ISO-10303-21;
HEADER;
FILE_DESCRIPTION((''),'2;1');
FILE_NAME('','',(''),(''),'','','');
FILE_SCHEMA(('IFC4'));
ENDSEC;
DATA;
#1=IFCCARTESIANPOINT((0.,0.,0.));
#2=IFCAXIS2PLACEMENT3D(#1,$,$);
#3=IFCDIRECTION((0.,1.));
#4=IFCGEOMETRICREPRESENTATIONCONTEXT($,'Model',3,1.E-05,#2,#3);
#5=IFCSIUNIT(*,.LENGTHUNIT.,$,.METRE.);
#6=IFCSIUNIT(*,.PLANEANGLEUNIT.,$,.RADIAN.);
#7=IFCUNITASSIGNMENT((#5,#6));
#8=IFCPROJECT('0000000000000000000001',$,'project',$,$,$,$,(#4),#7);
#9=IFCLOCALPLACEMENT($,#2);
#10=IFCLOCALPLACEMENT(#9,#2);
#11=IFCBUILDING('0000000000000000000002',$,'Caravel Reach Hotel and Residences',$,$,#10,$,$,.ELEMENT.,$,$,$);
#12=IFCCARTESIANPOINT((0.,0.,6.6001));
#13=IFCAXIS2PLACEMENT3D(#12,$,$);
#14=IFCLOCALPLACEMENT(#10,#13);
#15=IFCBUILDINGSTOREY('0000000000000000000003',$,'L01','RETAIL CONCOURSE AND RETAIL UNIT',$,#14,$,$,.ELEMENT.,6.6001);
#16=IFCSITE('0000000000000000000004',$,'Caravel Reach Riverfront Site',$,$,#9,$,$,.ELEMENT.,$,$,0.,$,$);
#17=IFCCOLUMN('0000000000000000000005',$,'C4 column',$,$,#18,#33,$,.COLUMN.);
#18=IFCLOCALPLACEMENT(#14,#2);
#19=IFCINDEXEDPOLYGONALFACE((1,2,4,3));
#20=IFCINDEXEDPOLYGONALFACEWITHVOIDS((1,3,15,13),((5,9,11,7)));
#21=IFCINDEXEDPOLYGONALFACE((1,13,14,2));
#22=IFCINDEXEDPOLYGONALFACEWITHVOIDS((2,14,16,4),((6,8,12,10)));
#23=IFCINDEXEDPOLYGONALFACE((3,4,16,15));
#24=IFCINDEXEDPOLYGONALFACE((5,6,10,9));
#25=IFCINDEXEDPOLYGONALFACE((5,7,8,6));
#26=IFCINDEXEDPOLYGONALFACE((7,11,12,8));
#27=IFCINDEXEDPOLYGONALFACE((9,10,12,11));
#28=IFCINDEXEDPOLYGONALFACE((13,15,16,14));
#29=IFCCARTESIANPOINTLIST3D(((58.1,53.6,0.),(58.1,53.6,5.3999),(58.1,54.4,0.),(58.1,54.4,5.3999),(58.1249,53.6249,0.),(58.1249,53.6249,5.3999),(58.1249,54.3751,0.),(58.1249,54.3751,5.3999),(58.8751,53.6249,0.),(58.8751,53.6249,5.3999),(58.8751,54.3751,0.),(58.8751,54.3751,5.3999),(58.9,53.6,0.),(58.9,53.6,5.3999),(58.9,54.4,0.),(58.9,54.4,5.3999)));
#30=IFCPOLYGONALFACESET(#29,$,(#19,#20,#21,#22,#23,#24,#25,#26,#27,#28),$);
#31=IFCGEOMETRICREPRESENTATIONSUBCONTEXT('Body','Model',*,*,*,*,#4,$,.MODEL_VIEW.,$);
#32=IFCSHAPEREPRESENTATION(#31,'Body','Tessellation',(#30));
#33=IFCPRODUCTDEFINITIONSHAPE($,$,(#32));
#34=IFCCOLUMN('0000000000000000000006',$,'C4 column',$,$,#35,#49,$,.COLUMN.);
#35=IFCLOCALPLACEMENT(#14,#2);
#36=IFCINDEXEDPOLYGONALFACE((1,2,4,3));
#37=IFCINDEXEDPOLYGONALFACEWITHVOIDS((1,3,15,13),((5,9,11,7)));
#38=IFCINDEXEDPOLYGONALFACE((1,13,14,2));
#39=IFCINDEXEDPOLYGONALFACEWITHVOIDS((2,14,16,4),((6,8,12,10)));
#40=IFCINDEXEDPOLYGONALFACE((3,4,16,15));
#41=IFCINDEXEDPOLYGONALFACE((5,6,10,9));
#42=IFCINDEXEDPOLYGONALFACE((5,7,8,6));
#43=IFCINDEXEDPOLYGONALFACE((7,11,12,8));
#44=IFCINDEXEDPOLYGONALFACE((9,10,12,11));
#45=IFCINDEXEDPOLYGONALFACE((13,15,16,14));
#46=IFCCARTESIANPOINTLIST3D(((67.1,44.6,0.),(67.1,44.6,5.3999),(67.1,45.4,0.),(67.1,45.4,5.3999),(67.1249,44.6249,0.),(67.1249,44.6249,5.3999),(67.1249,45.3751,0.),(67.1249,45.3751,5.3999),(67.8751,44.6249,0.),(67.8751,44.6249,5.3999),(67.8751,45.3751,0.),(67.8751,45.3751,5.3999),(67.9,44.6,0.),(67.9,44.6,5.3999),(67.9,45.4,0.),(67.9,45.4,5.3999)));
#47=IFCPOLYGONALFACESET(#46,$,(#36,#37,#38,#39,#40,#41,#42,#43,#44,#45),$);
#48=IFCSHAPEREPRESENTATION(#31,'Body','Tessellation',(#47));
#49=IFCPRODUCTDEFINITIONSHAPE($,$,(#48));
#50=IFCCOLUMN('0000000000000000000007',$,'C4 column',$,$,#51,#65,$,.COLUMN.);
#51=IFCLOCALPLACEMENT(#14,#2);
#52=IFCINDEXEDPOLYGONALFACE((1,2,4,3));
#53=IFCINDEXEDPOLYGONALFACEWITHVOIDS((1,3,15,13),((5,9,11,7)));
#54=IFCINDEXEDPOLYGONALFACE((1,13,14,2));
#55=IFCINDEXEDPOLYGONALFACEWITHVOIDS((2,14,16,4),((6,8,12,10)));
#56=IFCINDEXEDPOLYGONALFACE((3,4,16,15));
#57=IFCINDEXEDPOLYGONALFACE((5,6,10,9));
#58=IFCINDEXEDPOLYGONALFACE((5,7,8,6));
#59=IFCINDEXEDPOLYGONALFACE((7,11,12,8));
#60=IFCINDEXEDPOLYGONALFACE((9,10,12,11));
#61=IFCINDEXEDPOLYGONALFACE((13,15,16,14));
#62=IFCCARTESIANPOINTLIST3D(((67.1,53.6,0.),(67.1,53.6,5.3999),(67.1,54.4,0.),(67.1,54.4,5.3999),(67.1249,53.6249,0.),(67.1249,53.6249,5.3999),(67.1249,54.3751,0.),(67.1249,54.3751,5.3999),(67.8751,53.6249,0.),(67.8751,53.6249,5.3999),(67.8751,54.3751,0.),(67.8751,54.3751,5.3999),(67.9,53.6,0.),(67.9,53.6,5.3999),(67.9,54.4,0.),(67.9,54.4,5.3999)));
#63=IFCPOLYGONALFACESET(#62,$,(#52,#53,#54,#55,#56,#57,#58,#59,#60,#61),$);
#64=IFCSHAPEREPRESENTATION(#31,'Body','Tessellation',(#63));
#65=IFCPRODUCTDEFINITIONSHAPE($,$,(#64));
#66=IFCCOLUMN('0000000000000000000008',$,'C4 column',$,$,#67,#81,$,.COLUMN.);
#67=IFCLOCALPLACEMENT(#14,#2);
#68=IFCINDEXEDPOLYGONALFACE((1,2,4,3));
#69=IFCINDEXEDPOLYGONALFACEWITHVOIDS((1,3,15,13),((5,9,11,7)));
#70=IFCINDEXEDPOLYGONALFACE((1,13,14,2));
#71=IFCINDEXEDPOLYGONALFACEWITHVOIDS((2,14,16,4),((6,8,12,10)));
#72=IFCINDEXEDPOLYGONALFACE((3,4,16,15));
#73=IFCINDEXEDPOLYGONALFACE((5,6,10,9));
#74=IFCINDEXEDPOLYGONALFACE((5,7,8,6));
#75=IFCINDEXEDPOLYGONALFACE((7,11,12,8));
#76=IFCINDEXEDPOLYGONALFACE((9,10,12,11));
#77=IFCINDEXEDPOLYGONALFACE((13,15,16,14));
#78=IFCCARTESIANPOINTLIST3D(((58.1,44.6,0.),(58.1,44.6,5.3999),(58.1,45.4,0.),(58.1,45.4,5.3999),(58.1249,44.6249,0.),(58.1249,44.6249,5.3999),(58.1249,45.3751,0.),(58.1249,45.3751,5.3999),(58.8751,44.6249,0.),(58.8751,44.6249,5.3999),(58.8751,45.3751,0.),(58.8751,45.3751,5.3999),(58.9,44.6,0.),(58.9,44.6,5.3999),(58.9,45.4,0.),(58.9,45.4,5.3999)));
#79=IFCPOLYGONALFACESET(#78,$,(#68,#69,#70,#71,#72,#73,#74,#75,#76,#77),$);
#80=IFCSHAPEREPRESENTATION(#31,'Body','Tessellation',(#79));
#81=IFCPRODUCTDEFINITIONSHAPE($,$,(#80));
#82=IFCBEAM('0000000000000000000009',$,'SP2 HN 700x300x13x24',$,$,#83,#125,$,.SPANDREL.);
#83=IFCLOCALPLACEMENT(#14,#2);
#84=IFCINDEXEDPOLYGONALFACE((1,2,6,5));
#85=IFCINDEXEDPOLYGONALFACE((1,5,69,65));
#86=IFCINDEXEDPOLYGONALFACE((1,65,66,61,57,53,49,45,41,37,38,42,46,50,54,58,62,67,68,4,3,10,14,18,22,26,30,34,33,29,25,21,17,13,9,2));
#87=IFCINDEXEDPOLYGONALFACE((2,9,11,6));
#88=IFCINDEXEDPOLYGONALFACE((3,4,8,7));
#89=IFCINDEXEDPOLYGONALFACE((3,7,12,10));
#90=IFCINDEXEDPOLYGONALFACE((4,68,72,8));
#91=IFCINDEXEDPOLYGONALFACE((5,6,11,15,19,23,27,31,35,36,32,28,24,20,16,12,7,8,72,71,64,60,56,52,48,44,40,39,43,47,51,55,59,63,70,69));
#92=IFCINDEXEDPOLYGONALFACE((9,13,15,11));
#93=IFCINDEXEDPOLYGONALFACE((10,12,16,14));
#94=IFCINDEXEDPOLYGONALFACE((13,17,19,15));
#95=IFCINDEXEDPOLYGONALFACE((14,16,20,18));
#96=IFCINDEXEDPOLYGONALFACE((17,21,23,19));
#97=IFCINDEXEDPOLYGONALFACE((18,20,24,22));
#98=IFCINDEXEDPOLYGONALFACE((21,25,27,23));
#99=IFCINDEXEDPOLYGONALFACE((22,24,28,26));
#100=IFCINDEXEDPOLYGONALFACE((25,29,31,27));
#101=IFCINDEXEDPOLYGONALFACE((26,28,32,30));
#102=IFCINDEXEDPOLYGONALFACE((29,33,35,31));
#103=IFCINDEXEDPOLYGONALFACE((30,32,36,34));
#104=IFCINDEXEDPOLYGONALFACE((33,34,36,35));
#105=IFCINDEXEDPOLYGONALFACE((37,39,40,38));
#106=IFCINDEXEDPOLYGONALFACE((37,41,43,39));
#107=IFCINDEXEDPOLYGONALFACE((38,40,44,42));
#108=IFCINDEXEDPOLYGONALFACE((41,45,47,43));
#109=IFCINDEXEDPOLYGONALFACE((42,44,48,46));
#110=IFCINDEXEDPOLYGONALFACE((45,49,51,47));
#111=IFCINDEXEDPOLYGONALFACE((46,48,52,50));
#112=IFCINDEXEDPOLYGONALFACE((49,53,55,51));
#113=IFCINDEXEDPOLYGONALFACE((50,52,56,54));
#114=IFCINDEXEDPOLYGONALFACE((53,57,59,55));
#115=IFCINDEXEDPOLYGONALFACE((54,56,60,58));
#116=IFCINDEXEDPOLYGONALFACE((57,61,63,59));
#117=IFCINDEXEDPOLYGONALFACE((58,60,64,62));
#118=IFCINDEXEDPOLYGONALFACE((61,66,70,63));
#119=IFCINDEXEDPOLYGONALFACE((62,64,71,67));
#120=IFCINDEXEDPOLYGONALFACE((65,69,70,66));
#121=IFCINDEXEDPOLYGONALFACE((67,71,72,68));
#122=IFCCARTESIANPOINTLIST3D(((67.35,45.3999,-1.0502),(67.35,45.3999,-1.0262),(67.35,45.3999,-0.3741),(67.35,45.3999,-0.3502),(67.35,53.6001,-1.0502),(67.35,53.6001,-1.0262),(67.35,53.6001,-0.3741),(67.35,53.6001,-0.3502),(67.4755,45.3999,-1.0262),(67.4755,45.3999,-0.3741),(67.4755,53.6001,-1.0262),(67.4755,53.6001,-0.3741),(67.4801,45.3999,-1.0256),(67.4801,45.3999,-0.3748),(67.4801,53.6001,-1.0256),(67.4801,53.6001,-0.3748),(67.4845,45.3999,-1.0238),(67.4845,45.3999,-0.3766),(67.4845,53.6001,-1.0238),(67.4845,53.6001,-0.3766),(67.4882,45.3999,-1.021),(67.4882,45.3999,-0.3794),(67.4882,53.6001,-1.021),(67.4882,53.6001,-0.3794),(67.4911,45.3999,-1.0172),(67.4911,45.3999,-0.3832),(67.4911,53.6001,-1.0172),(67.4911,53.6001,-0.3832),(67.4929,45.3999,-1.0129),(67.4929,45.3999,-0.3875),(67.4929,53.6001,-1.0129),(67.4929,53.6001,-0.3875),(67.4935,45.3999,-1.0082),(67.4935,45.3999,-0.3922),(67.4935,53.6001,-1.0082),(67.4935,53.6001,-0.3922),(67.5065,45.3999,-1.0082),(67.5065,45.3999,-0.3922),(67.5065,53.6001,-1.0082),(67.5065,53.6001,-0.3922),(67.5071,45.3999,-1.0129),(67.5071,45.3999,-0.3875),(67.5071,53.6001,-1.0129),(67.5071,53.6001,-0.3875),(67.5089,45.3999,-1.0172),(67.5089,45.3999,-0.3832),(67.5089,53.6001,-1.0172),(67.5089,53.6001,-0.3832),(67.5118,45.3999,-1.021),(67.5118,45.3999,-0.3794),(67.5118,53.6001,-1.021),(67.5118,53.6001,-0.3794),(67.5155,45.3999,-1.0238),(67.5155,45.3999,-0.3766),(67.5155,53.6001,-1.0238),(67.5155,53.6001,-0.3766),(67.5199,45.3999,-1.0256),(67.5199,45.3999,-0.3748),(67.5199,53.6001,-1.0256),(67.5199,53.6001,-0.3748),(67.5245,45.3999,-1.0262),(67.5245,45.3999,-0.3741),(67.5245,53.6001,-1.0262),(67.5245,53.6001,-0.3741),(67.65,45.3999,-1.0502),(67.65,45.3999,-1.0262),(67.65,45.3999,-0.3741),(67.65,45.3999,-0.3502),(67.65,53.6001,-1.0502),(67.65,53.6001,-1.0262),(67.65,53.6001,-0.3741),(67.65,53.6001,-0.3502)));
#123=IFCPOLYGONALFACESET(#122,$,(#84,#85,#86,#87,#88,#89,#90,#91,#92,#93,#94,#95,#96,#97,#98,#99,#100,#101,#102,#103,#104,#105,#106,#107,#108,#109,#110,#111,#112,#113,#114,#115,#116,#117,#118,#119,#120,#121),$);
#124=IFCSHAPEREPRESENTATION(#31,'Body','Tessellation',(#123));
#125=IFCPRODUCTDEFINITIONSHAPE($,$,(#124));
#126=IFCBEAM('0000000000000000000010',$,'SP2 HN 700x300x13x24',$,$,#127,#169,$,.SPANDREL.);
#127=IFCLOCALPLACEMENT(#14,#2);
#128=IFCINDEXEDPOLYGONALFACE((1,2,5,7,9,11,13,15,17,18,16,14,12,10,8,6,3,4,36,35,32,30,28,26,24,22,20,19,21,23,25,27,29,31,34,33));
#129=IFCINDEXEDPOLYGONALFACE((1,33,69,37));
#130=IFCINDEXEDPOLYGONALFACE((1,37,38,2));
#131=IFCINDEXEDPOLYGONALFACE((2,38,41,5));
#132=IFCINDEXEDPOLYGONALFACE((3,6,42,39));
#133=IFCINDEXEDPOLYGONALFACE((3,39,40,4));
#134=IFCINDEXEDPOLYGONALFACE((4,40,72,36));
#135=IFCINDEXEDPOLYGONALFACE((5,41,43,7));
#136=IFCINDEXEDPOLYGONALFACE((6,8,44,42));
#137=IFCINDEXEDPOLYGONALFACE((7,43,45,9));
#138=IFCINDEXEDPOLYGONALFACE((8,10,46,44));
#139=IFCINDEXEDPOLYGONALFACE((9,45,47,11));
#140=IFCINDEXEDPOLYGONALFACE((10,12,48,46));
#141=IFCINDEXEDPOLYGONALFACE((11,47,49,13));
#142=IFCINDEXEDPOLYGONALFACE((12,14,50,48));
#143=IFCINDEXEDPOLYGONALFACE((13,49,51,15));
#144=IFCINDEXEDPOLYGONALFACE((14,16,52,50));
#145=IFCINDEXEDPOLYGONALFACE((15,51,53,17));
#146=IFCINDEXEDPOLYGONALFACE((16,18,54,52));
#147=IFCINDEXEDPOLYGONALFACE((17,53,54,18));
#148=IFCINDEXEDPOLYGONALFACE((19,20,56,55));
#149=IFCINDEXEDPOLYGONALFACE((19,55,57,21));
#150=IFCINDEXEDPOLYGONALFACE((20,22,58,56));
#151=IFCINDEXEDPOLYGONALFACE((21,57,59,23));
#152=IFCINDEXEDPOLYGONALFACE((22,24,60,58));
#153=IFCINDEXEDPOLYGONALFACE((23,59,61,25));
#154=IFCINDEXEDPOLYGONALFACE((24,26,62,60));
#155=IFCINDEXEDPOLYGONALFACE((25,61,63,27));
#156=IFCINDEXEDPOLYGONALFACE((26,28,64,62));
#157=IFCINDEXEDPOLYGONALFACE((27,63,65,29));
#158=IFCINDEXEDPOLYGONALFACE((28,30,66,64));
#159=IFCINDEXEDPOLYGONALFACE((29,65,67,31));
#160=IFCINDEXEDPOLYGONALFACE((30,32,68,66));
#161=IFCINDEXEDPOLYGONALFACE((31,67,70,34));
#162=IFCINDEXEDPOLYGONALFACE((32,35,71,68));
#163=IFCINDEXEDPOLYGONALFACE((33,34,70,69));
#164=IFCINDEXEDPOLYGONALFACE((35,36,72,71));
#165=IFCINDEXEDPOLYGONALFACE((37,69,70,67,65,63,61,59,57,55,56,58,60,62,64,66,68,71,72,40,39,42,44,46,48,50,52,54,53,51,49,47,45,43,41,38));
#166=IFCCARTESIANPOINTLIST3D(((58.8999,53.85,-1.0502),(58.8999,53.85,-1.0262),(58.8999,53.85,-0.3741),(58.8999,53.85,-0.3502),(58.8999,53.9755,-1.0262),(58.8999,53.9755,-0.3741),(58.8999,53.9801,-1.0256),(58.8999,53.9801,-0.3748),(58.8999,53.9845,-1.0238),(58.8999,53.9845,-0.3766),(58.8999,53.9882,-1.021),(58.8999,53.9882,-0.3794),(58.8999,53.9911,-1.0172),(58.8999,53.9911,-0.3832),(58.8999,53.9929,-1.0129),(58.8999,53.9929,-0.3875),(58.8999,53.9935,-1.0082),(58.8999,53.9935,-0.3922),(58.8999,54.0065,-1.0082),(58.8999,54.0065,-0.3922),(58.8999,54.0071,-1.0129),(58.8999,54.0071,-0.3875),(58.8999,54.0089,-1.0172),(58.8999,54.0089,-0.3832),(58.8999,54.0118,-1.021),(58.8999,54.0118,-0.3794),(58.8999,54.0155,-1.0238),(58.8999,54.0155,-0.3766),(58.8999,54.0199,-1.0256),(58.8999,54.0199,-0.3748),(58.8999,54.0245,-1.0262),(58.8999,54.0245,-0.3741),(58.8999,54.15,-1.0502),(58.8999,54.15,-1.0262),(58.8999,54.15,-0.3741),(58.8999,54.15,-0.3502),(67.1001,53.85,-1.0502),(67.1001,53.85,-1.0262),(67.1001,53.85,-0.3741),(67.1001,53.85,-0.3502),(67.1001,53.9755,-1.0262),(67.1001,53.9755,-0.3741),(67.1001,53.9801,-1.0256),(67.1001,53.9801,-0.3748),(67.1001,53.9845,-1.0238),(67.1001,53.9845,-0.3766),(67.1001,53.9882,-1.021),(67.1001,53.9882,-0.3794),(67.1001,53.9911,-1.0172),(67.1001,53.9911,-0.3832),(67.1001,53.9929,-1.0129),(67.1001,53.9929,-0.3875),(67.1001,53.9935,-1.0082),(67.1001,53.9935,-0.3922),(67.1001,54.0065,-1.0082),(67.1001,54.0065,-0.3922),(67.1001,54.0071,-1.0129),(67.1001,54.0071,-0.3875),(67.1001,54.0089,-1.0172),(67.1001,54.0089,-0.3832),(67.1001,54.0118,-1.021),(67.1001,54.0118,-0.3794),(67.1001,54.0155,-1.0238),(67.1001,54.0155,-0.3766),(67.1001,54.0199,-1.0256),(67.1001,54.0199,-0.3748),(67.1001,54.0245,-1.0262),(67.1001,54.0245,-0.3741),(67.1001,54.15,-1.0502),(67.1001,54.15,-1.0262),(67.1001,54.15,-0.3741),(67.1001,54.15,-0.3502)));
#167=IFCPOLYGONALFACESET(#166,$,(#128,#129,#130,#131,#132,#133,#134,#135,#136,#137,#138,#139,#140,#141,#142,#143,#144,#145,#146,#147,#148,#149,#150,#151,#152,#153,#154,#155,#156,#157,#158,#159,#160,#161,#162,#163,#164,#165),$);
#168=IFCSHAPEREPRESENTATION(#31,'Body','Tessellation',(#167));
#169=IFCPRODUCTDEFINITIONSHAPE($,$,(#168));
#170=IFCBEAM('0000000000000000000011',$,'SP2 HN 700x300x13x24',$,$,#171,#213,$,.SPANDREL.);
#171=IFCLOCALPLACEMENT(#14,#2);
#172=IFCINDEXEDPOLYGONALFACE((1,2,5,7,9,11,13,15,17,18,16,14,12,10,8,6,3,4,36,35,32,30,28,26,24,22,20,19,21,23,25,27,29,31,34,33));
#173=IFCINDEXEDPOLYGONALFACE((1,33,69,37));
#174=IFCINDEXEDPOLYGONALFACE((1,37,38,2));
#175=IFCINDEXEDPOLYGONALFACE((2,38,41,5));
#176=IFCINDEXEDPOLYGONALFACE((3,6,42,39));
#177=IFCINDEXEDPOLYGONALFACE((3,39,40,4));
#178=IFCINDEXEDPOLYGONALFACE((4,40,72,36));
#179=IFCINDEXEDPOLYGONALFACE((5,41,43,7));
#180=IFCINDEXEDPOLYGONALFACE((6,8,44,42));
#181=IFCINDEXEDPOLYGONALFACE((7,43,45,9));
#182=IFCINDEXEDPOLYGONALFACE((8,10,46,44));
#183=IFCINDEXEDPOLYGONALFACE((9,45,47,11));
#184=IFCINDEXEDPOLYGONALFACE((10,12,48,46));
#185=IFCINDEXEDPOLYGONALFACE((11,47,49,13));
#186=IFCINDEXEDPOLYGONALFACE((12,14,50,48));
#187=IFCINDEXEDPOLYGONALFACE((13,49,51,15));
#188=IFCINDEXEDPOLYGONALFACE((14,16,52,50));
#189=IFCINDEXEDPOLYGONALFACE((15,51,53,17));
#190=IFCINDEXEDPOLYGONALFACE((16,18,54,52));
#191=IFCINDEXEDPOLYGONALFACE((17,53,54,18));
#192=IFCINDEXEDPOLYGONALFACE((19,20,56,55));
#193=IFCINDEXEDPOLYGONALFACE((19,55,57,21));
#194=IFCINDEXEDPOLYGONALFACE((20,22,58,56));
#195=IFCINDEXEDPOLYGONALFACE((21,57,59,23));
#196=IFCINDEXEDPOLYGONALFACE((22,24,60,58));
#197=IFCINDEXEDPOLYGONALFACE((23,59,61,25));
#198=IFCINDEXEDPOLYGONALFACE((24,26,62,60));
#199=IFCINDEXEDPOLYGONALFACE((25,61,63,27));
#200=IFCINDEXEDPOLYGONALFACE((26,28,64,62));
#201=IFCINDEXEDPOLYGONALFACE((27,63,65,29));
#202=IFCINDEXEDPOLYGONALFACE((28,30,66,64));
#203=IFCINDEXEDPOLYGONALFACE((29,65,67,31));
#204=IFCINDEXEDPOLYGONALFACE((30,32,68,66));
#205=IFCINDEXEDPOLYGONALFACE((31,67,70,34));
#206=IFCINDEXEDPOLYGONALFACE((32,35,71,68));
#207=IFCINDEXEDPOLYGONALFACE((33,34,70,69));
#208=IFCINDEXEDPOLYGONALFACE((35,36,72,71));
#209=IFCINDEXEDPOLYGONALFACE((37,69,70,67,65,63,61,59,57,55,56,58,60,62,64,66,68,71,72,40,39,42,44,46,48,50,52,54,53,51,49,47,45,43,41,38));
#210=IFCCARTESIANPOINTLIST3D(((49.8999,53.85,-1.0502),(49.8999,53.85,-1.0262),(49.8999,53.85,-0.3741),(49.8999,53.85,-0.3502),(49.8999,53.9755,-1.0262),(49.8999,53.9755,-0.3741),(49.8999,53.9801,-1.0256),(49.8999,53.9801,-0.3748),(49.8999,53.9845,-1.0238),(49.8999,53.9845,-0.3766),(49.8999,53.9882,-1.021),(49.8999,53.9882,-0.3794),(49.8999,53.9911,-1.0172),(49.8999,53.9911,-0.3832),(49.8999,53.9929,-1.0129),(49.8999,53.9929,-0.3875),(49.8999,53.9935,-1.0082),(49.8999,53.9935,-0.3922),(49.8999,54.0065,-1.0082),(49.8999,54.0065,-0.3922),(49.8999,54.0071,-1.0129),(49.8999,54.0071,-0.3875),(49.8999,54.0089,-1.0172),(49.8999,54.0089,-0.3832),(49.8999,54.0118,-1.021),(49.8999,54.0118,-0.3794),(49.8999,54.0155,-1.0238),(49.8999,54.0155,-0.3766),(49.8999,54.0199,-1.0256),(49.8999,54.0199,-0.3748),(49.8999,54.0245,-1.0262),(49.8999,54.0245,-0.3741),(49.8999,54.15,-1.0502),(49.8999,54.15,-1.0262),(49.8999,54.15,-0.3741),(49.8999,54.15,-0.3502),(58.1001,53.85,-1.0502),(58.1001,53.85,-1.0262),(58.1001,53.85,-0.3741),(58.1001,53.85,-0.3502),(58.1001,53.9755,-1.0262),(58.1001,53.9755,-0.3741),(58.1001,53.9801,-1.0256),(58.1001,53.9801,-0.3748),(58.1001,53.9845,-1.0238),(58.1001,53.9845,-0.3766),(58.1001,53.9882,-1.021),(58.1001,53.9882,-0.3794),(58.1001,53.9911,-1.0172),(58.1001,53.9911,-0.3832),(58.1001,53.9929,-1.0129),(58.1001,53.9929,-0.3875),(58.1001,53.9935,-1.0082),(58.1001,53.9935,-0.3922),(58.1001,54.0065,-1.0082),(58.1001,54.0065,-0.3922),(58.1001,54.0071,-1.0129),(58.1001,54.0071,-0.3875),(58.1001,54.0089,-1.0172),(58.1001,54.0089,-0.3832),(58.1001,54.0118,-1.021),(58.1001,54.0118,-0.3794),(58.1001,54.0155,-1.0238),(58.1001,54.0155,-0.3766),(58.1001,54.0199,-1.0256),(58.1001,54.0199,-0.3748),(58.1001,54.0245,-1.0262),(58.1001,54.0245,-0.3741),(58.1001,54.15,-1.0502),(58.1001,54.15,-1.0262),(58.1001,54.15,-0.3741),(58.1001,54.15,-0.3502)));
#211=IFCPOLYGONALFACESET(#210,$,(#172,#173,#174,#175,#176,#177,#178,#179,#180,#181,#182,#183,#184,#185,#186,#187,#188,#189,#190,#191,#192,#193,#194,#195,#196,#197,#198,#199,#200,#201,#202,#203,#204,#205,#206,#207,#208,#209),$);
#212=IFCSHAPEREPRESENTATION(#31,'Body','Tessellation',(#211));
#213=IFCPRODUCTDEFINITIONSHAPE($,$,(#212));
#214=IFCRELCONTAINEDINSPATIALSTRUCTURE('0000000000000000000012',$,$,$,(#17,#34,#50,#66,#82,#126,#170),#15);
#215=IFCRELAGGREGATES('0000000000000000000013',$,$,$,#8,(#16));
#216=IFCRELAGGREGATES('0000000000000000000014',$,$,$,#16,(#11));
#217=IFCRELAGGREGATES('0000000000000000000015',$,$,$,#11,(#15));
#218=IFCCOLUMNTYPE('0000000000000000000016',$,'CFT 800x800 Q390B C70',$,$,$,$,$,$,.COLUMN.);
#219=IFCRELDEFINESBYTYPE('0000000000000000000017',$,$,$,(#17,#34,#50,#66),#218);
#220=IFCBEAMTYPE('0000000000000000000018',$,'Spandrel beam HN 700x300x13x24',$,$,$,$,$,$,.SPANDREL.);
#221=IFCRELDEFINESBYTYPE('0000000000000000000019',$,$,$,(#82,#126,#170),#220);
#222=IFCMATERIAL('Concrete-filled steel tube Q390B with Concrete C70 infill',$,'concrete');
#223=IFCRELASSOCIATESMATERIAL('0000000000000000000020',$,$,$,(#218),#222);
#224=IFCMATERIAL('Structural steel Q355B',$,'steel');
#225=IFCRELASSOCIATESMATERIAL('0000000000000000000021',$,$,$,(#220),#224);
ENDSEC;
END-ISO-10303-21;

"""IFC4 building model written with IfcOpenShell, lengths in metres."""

from ifc_helpers import new_model, si_unit, direction, frame, origin, origin_2d, place, context, subcontext, project, spatial, hollow_rectangle, i_section, extrude, material, material_profile, profile_set, type_object, element, save


model = new_model("IFC4")

# Units and contexts
model_context = context("Model", 3, precision=1e-05, world=origin(), true_north=direction((0.0, 1.0)))
body_context = subcontext(model_context, "Body", "Model", "MODEL_VIEW")
ifc_project = project(units=[si_unit("LENGTHUNIT", "METRE"), si_unit("PLANEANGLEUNIT", "RADIAN")], contexts=[model_context])

# Site, building, storey
site_placement = place(None, origin())
site = spatial("IfcSite", under=ifc_project, at=site_placement, Name="Caravel Reach Riverfront Site", CompositionType="ELEMENT", RefElevation=0.0)
building_placement = place(site_placement, origin())
building = spatial("IfcBuilding", under=site, at=building_placement, Name="Caravel Reach Hotel and Residences", CompositionType="ELEMENT")
storey_placement = place(building_placement, frame((0.0, 0.0, 6.6001)))
storey = spatial("IfcBuildingStorey", under=building, at=storey_placement, Name="L01", Description="RETAIL CONCOURSE AND RETAIL UNIT", CompositionType="ELEMENT", Elevation=6.6001)

# Columns
ifc_material_1 = material(Name="Concrete-filled steel tube Q390B with Concrete C70 infill", Category="concrete")
ifc_material_profile_1 = material_profile(ifc_material_1, hollow_rectangle(XDim=0.8, YDim=0.8, WallThickness=0.0249, at=origin_2d()), Name="RHS 800x800x25")
ifc_profile_set_1 = profile_set([ifc_material_profile_1], Name="Concrete-filled steel tube Q390B with Concrete C70 infill")
column_type = type_object("IfcColumnType", Name="CFT 800x800 Q390B C70", PredefinedType="COLUMN", material=ifc_profile_set_1)
for number, where, z_axis, x_axis, name in (
    (1, (58.5, 54.0, 0.0), (0.0, 0.0, 1.0), (1.0, 0.0, 0.0), "C4 column"),
    (2, (67.5, 45.0, 0.0), (0.0, 0.0, 1.0), (1.0, 0.0, 0.0), "C4 column"),
    (3, (67.5, 54.0, 0.0), (0.0, 0.0, 1.0), (1.0, 0.0, 0.0), "C4 column"),
    (4, (58.5, 45.0, 0.0), (0.0, 0.0, 1.0), (1.0, 0.0, 0.0), "C4 column"),
):
    element("IfcColumn", number, at=place(storey_placement, frame(where, z_axis=z_axis, x_axis=x_axis)), inside=storey, type_object=column_type, Name=name, PredefinedType="COLUMN", context=body_context, shape_type="SweptSolid", body=[
        extrude(hollow_rectangle(XDim=0.8, YDim=0.8, WallThickness=0.0249, at=origin_2d()), origin(), (0.0, 0.0, 1.0), 5.3999),
    ])

# Beams
ifc_material_2 = material(Name="Structural steel Q355B", Category="steel")
ifc_material_profile_2 = material_profile(ifc_material_2, i_section(OverallWidth=0.3, OverallDepth=0.7, WebThickness=0.0129, FlangeThickness=0.0239, FilletRadius=0.0181, at=origin_2d()), Name="HN 700x300x13x24")
ifc_profile_set_2 = profile_set([ifc_material_profile_2], Name="Structural steel Q355B")
beam_type = type_object("IfcBeamType", Name="Spandrel beam HN 700x300x13x24", PredefinedType="SPANDREL", material=ifc_profile_set_2)
for number, where, z_axis, x_axis, name in (
    (5, (67.5, 45.3999, -0.7002), (0.0, 1.0, 0.0), (-1.0, 0.0, 0.0), "SP2 HN 700x300x13x24"),
    (6, (67.1001, 54.0, -0.7002), (-1.0, 0.0, 0.0), (0.0, -1.0, 0.0), "SP2 HN 700x300x13x24"),
    (7, (58.1001, 54.0, -0.7002), (-1.0, 0.0, 0.0), (0.0, -1.0, 0.0), "SP2 HN 700x300x13x24"),
):
    element("IfcBeam", number, at=place(storey_placement, frame(where, z_axis=z_axis, x_axis=x_axis)), inside=storey, type_object=beam_type, Name=name, PredefinedType="SPANDREL", context=body_context, shape_type="SweptSolid", body=[
        extrude(i_section(OverallWidth=0.3, OverallDepth=0.7, WebThickness=0.0129, FlangeThickness=0.0239, FilletRadius=0.0181, at=origin_2d()), origin(), (0.0, 0.0, 1.0), 8.2002),
    ])

save(model, "model.ifc")
